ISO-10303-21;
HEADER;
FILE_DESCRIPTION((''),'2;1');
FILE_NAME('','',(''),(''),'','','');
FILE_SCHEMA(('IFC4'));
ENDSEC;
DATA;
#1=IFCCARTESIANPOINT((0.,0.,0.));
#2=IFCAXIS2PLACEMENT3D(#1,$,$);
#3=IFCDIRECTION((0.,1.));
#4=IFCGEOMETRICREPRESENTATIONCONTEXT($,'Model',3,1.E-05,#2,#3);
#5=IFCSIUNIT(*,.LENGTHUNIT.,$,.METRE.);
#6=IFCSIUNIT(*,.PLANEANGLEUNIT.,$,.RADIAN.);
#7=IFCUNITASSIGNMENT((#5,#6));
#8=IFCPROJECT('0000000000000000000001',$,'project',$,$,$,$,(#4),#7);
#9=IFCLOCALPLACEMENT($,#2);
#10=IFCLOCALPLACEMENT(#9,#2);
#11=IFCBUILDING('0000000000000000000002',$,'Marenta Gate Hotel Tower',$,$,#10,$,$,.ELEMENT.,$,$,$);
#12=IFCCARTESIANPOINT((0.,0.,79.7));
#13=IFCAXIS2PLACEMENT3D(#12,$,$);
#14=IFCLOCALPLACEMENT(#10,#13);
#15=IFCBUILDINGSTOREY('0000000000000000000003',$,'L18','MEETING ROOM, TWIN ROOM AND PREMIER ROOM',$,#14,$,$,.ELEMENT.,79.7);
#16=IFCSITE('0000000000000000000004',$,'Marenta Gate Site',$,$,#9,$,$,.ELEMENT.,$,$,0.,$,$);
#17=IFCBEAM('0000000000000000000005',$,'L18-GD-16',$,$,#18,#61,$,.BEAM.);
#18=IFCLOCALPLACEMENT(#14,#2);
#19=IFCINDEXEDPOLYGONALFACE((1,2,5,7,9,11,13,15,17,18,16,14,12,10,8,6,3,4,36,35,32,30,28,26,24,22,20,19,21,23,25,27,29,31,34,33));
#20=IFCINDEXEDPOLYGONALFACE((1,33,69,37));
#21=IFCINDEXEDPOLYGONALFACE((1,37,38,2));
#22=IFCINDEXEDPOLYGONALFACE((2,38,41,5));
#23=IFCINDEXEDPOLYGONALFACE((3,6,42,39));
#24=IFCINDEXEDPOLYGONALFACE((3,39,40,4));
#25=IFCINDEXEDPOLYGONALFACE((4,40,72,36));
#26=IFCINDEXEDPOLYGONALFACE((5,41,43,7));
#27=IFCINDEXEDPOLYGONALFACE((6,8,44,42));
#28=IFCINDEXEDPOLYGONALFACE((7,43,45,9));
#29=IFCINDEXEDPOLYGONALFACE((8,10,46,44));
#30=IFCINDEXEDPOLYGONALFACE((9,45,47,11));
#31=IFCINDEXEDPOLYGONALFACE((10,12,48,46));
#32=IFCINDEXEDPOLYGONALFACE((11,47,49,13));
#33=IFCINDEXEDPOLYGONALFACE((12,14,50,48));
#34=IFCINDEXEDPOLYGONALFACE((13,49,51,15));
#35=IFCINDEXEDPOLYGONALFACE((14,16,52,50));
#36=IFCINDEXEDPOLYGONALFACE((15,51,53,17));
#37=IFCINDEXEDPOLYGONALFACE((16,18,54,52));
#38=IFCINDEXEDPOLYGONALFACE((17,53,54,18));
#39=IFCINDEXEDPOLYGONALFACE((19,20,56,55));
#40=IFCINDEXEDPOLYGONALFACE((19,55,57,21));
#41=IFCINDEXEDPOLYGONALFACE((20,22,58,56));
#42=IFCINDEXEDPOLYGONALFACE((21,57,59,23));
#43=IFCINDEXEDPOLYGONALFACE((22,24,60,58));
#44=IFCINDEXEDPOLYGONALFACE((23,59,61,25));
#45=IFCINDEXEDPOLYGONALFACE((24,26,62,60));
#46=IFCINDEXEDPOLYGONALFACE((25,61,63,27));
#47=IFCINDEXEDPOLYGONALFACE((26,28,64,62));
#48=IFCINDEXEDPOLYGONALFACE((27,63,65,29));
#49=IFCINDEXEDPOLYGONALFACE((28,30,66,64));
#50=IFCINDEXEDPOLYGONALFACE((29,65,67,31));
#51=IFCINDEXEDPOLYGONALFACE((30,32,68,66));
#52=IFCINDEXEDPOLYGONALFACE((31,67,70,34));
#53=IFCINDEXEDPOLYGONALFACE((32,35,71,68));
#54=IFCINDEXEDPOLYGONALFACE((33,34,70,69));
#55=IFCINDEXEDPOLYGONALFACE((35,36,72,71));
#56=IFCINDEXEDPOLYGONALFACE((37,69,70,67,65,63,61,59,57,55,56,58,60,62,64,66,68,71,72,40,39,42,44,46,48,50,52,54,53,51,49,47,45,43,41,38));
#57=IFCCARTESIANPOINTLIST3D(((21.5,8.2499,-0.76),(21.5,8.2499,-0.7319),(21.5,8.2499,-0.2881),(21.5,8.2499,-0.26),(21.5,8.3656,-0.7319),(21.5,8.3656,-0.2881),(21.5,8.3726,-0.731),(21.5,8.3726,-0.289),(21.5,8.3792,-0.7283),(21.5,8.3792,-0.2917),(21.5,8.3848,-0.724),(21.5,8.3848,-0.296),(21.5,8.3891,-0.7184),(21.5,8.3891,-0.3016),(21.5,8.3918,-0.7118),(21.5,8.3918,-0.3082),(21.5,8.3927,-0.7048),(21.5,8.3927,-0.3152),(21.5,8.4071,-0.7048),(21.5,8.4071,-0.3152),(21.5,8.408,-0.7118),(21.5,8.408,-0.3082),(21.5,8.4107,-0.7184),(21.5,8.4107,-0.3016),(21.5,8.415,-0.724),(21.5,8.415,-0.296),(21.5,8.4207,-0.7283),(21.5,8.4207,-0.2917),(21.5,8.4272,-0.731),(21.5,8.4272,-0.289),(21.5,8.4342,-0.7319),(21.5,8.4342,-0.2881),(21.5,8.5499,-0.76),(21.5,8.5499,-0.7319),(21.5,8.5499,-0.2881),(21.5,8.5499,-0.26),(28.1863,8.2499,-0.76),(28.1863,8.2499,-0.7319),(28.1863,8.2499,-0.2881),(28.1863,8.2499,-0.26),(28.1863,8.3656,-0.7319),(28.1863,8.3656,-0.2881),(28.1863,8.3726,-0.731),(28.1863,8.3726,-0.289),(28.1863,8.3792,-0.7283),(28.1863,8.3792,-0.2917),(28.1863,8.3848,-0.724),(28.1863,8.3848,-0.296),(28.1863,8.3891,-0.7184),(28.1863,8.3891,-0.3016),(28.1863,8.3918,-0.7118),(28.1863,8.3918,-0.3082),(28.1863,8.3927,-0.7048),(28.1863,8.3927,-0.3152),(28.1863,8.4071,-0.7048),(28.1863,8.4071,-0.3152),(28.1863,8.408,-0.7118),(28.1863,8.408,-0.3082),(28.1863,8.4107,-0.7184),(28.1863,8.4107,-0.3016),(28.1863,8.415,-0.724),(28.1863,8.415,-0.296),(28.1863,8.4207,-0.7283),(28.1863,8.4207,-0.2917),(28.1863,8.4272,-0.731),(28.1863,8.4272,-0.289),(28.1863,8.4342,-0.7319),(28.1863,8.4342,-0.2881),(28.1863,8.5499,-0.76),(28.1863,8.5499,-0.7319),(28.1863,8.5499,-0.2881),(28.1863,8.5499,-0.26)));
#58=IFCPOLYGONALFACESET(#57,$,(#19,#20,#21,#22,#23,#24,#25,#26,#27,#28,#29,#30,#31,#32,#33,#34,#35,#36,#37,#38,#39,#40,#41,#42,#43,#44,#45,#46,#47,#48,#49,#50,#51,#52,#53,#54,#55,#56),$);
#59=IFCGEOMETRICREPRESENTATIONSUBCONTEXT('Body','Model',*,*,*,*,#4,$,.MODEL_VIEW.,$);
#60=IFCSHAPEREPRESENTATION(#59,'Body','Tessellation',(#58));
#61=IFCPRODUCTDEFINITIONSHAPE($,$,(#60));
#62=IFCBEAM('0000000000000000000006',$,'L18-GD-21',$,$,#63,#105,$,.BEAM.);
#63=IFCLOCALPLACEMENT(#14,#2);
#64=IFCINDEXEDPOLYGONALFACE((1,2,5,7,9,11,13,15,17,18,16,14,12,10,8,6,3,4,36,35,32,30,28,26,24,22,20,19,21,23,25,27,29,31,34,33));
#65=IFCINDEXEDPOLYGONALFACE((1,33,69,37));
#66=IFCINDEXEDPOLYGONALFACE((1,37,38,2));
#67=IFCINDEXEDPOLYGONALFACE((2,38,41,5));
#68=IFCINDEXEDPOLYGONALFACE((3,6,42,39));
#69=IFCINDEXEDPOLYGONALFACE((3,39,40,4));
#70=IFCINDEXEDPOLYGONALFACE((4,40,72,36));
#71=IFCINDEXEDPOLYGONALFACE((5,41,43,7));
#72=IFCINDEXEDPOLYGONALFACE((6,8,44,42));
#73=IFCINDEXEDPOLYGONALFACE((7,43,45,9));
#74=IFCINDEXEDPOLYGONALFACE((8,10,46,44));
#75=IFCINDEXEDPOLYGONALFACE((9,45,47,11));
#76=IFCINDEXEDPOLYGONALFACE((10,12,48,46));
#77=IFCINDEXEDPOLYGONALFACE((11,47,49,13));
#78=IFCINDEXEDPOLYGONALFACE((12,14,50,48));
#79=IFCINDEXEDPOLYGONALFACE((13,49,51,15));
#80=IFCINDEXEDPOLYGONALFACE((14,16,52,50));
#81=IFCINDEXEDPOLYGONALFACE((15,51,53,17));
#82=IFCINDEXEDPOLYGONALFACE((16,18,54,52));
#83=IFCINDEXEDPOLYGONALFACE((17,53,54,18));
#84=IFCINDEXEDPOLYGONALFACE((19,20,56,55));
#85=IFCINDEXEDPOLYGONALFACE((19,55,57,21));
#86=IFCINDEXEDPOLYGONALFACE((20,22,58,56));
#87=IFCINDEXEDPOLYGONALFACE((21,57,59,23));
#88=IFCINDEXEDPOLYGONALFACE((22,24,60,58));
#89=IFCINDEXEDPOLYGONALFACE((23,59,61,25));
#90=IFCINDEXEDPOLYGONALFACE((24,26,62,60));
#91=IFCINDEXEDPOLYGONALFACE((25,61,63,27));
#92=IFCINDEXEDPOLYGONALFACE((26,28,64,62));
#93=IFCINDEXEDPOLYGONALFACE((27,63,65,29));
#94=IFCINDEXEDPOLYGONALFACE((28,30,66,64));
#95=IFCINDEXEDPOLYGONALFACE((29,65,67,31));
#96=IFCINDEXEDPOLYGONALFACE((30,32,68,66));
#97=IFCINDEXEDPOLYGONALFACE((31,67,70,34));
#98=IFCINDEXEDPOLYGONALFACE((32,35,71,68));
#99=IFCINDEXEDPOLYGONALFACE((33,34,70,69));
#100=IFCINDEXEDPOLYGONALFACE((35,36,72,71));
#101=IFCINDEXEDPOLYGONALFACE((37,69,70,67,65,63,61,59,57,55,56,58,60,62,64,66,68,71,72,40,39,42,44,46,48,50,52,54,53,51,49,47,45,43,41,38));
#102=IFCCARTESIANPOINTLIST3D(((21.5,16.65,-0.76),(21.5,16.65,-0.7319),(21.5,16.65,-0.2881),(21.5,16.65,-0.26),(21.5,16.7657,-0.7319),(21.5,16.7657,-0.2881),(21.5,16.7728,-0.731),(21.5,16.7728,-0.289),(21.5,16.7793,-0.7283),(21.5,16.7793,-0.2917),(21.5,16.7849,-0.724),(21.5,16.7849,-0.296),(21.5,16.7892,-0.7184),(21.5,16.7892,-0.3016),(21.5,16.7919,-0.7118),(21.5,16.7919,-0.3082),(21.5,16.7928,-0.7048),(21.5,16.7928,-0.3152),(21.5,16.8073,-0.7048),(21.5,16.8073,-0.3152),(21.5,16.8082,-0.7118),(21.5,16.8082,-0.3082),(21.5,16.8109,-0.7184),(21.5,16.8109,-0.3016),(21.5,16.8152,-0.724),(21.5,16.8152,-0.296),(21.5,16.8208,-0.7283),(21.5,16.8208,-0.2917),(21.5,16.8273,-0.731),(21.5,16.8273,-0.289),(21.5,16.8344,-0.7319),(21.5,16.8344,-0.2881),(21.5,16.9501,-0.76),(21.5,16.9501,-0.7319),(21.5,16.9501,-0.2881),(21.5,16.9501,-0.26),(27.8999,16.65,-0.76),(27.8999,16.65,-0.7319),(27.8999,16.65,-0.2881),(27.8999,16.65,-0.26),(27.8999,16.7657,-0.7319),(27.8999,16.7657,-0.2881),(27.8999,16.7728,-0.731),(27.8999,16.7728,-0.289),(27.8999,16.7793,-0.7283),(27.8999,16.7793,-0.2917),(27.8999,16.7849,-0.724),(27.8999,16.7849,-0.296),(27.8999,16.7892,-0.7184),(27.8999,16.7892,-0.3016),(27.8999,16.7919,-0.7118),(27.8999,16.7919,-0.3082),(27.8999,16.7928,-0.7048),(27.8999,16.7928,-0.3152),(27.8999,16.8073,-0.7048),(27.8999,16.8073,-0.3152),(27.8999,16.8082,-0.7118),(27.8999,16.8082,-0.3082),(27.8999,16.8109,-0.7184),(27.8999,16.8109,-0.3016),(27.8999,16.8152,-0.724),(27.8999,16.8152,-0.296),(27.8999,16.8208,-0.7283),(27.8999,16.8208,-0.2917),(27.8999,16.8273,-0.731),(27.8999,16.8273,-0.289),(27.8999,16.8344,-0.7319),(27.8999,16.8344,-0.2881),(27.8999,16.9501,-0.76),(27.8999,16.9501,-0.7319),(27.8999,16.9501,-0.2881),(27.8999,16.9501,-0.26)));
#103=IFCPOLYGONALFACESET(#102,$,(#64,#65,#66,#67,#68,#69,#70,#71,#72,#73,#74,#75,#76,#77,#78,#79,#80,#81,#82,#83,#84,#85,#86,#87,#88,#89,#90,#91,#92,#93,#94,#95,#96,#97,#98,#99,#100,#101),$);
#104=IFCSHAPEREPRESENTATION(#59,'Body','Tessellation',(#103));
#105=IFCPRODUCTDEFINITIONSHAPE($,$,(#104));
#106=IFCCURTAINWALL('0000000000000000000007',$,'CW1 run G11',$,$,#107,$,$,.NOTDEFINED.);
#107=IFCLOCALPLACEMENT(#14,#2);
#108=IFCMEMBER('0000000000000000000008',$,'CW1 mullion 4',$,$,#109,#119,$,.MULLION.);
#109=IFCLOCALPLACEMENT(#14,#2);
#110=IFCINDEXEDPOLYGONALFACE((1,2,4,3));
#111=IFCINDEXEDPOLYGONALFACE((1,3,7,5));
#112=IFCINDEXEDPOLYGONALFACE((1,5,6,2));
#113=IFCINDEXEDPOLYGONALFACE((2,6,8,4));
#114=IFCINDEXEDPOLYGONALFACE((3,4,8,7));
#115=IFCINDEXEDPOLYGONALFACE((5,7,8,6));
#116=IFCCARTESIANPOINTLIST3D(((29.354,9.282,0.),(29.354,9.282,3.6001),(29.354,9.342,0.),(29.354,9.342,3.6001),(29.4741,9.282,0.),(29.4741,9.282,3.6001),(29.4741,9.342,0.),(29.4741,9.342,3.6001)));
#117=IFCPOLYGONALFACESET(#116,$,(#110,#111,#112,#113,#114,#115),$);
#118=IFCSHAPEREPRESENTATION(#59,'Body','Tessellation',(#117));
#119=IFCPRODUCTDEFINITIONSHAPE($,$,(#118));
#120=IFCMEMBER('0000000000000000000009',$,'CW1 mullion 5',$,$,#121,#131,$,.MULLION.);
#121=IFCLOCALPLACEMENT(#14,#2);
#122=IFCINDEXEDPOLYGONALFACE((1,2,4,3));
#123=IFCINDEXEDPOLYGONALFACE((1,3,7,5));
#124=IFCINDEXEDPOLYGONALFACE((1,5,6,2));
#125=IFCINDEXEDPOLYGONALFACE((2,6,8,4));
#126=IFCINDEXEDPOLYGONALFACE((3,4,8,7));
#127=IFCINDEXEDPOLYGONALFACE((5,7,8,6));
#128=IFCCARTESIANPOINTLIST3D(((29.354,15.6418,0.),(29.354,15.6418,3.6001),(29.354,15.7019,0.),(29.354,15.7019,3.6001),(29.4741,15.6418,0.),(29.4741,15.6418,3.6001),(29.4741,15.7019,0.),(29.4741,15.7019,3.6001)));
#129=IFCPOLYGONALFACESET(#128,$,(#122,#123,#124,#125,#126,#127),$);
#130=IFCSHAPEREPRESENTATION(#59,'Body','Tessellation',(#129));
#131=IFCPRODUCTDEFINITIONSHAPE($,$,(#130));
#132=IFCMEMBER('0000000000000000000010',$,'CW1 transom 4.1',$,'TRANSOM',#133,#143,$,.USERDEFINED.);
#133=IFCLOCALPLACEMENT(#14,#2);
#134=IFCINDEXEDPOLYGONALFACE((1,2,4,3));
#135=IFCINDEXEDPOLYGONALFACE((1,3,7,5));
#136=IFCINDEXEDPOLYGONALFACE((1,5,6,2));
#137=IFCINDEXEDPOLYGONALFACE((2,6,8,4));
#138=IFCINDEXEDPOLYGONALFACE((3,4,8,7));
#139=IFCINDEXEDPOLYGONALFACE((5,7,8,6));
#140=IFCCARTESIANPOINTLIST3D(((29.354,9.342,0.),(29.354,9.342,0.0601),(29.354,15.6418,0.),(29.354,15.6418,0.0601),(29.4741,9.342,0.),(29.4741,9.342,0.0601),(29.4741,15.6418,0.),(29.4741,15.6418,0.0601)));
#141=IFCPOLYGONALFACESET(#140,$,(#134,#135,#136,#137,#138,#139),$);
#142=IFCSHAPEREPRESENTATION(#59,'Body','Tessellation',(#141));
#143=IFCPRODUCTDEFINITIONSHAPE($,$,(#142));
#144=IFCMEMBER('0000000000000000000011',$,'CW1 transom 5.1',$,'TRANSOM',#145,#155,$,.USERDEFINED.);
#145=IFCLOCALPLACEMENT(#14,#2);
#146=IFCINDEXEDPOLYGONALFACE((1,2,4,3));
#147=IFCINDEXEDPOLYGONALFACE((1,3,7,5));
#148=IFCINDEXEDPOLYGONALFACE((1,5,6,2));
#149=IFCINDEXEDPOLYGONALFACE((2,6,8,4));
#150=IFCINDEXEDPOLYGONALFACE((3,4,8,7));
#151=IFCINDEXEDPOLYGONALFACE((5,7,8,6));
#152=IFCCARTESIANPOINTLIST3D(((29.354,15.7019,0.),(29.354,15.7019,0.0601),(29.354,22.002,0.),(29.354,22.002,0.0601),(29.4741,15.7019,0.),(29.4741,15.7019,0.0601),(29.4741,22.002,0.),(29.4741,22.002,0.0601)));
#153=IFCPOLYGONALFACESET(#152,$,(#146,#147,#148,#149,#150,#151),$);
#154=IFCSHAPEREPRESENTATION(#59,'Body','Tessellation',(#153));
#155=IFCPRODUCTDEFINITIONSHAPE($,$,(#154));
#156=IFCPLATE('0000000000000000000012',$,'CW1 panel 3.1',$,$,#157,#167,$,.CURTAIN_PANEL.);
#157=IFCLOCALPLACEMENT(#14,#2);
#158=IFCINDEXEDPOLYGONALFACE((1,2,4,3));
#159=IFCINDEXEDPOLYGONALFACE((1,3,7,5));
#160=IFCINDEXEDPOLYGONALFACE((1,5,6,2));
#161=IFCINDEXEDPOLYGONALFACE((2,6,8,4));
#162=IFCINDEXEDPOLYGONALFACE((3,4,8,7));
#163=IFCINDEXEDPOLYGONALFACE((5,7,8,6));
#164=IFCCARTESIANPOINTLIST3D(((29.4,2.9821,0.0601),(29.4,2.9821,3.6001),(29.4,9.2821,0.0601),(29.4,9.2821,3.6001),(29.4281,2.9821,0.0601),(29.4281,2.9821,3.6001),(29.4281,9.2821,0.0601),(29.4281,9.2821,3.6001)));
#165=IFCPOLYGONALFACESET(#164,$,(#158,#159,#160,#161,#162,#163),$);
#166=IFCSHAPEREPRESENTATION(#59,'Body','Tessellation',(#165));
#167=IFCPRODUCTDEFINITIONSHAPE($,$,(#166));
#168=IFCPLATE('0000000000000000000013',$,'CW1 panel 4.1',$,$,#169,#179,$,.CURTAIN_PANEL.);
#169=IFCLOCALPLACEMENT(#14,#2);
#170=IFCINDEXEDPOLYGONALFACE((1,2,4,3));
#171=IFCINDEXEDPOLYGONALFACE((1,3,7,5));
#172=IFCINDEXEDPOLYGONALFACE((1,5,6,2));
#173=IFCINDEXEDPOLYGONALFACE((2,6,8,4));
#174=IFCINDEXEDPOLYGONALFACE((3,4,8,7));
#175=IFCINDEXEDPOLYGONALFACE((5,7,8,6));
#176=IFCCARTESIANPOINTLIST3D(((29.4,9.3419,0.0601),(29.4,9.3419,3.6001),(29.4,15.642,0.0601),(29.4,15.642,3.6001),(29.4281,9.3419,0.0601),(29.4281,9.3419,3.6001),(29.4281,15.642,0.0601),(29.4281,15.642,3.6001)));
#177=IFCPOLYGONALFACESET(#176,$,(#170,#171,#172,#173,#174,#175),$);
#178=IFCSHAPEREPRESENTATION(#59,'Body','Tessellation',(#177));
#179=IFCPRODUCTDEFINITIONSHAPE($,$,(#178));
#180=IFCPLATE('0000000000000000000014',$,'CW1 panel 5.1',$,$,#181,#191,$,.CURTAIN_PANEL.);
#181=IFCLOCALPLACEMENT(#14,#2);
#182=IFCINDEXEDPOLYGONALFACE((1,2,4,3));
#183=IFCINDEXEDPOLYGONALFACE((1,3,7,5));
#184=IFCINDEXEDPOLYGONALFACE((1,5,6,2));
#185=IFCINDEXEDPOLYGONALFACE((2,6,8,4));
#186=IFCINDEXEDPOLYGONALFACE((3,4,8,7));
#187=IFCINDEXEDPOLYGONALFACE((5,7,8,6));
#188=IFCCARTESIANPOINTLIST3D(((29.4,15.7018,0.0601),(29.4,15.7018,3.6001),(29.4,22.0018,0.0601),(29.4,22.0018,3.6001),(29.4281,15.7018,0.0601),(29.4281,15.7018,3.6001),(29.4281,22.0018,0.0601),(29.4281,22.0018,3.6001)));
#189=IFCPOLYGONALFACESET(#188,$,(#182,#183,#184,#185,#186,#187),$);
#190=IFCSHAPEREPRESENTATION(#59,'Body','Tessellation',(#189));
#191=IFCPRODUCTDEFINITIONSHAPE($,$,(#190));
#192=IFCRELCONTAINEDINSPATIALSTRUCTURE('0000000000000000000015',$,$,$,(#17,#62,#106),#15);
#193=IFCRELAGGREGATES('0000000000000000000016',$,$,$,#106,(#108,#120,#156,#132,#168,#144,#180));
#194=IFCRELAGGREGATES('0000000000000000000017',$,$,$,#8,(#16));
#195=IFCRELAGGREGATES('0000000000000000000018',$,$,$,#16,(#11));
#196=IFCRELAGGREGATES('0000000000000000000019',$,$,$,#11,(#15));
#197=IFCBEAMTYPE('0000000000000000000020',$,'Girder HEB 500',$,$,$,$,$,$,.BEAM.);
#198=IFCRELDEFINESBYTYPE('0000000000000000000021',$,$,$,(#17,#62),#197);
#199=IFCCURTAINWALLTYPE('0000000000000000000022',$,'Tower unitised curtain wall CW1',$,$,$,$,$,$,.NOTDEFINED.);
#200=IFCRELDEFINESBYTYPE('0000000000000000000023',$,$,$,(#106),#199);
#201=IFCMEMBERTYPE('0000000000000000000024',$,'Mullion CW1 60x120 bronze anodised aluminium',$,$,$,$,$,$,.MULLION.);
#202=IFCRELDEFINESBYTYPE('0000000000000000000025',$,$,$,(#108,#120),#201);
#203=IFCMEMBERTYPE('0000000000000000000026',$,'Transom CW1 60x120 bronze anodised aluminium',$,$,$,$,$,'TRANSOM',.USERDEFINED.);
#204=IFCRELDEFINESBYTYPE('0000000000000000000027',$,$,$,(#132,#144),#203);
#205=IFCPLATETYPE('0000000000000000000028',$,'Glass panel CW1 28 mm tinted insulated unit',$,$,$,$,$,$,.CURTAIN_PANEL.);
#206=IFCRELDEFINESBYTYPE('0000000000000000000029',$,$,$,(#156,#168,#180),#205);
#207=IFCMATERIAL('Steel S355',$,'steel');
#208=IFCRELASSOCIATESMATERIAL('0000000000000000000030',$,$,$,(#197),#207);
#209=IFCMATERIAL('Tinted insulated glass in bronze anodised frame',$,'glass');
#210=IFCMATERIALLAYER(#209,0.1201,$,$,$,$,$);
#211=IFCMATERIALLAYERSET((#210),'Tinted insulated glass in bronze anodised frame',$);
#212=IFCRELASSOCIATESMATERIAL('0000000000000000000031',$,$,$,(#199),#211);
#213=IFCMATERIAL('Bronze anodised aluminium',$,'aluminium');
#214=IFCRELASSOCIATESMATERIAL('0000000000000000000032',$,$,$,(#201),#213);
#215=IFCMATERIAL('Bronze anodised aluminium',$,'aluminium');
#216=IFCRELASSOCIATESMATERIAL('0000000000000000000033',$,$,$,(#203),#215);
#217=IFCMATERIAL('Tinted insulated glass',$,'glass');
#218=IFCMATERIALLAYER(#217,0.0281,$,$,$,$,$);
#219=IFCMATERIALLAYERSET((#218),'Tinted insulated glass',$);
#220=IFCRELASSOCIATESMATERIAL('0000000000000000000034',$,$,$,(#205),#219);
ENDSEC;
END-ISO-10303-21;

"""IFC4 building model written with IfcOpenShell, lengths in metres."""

from ifc_helpers import new_model, si_unit, direction, frame, origin, origin_2d, place, context, subcontext, project, spatial, rectangle, i_section, extrude, material, layer, layer_set, material_profile, profile_set, type_object, element, aggregate, save


model = new_model("IFC4")

# Units and contexts
model_context = context("Model", 3, precision=1e-05, world=origin(), true_north=direction((0.0, 1.0)))
body_context = subcontext(model_context, "Body", "Model", "MODEL_VIEW")
ifc_project = project(units=[si_unit("LENGTHUNIT", "METRE"), si_unit("PLANEANGLEUNIT", "RADIAN")], contexts=[model_context])

# Site, building, storey
site_placement = place(None, origin())
site = spatial("IfcSite", under=ifc_project, at=site_placement, Name="Marenta Gate Site", CompositionType="ELEMENT", RefElevation=0.0)
building_placement = place(site_placement, origin())
building = spatial("IfcBuilding", under=site, at=building_placement, Name="Marenta Gate Hotel Tower", CompositionType="ELEMENT")
storey_placement = place(building_placement, frame((0.0, 0.0, 79.7)))
storey = spatial("IfcBuildingStorey", under=building, at=storey_placement, Name="L18", Description="MEETING ROOM, TWIN ROOM AND PREMIER ROOM", CompositionType="ELEMENT", Elevation=79.7)

# Beams
ifc_material_1 = material(Name="Steel S355", Category="steel")
ifc_material_profile_1 = material_profile(ifc_material_1, i_section(OverallWidth=0.3, OverallDepth=0.5, WebThickness=0.0144, FlangeThickness=0.0281, FilletRadius=0.0271, at=origin_2d()), Name="HEB 500")
ifc_profile_set_1 = profile_set([ifc_material_profile_1], Name="Steel S355")
beam_type_1 = type_object("IfcBeamType", Name="Girder HEB 500", PredefinedType="BEAM", material=ifc_profile_set_1)
beam_1_placement = place(storey_placement, frame((21.5, 8.3999, -0.51), z_axis=(1.0, 0.0, 0.0), x_axis=(0.0, 1.0, 0.0)))
element("IfcBeam", 1, at=beam_1_placement, inside=storey, type_object=beam_type_1, Name="L18-GD-16", PredefinedType="BEAM", context=body_context, shape_type="SweptSolid", body=[
    extrude(i_section(OverallWidth=0.3, OverallDepth=0.5, WebThickness=0.0144, FlangeThickness=0.0281, FilletRadius=0.0271, at=origin_2d()), origin(), (0.0, 0.0, 1.0), 6.6863),
])
beam_2_placement = place(storey_placement, frame((21.5, 16.8, -0.51), z_axis=(1.0, 0.0, 0.0), x_axis=(0.0, 1.0, 0.0)))
element("IfcBeam", 2, at=beam_2_placement, inside=storey, type_object=beam_type_1, Name="L18-GD-21", PredefinedType="BEAM", context=body_context, shape_type="SweptSolid", body=[
    extrude(i_section(OverallWidth=0.3, OverallDepth=0.5, WebThickness=0.0144, FlangeThickness=0.0281, FilletRadius=0.0271, at=origin_2d()), origin(), (0.0, 0.0, 1.0), 6.3999),
])

# Curtain wall, members, plates
ifc_material_2 = material(Name="Tinted insulated glass in bronze anodised frame", Category="glass")
ifc_layer_1 = layer(ifc_material_2, 0.1201)
ifc_layer_set_1 = layer_set([ifc_layer_1], Name="Tinted insulated glass in bronze anodised frame")
curtain_wall_type = type_object("IfcCurtainWallType", Name="Tower unitised curtain wall CW1", PredefinedType="NOTDEFINED", material=ifc_layer_set_1)
curtain_wall_placement = place(storey_placement, origin())
curtain_wall = element("IfcCurtainWall", 3, at=curtain_wall_placement, inside=storey, type_object=curtain_wall_type, Name="CW1 run G11", PredefinedType="NOTDEFINED")
ifc_material_3 = material(Name="Bronze anodised aluminium", Category="aluminium")
ifc_material_profile_2 = material_profile(ifc_material_3, rectangle(XDim=0.1201, YDim=0.0601, at=origin_2d()), Name="Mullion CW1 60x120 bronze anodised aluminium")
ifc_profile_set_2 = profile_set([ifc_material_profile_2], Name="Bronze anodised aluminium")
member_type_1 = type_object("IfcMemberType", Name="Mullion CW1 60x120 bronze anodised aluminium", PredefinedType="MULLION", material=ifc_profile_set_2)
member_1_placement = place(storey_placement, frame((29.4141, 9.312, 0.0), z_axis=(0.0, 0.0, 1.0), x_axis=(-1.0, 0.0, 0.0)))
member_1 = element("IfcMember", 4, at=member_1_placement, type_object=member_type_1, Name="CW1 mullion 4", PredefinedType="MULLION", context=body_context, shape_type="SweptSolid", body=[
    extrude(rectangle(XDim=0.1201, YDim=0.0601, at=origin_2d()), origin(), (0.0, 0.0, 1.0), 3.6001),
])
member_2_placement = place(storey_placement, frame((29.4141, 15.6719, 0.0), z_axis=(0.0, 0.0, 1.0), x_axis=(-1.0, 0.0, 0.0)))
member_2 = element("IfcMember", 5, at=member_2_placement, type_object=member_type_1, Name="CW1 mullion 5", PredefinedType="MULLION", context=body_context, shape_type="SweptSolid", body=[
    extrude(rectangle(XDim=0.1201, YDim=0.0601, at=origin_2d()), origin(), (0.0, 0.0, 1.0), 3.6001),
])
ifc_material_4 = material(Name="Bronze anodised aluminium", Category="aluminium")
ifc_material_profile_3 = material_profile(ifc_material_4, rectangle(XDim=0.1201, YDim=0.0601, at=origin_2d()), Name="Transom CW1 60x120 bronze anodised aluminium")
ifc_profile_set_3 = profile_set([ifc_material_profile_3], Name="Bronze anodised aluminium")
member_type_2 = type_object("IfcMemberType", Name="Transom CW1 60x120 bronze anodised aluminium", ElementType="TRANSOM", PredefinedType="USERDEFINED", material=ifc_profile_set_3)
member_3_placement = place(storey_placement, frame((29.4141, 9.342, 0.03), z_axis=(0.0, 1.0, 0.0), x_axis=(-1.0, 0.0, 0.0)))
member_3 = element("IfcMember", 6, at=member_3_placement, type_object=member_type_2, Name="CW1 transom 4.1", ObjectType="TRANSOM", PredefinedType="USERDEFINED", context=body_context, shape_type="SweptSolid", body=[
    extrude(rectangle(XDim=0.1201, YDim=0.0601, at=origin_2d()), origin(), (0.0, 0.0, 1.0), 6.2998),
])
member_4_placement = place(storey_placement, frame((29.4141, 15.7019, 0.03), z_axis=(0.0, 1.0, 0.0), x_axis=(-1.0, 0.0, 0.0)))
member_4 = element("IfcMember", 7, at=member_4_placement, type_object=member_type_2, Name="CW1 transom 5.1", ObjectType="TRANSOM", PredefinedType="USERDEFINED", context=body_context, shape_type="SweptSolid", body=[
    extrude(rectangle(XDim=0.1201, YDim=0.0601, at=origin_2d()), origin(), (0.0, 0.0, 1.0), 6.3),
])
ifc_material_5 = material(Name="Tinted insulated glass", Category="glass")
ifc_layer_2 = layer(ifc_material_5, 0.0281)
ifc_layer_set_2 = layer_set([ifc_layer_2], Name="Tinted insulated glass")
plate_type = type_object("IfcPlateType", Name="Glass panel CW1 28 mm tinted insulated unit", PredefinedType="CURTAIN_PANEL", material=ifc_layer_set_2)
plate_1_placement = place(storey_placement, frame((29.4141, 6.1321, 0.0601), z_axis=(0.0, 0.0, 1.0), x_axis=(0.0, 1.0, 0.0)))
plate_1 = element("IfcPlate", 8, at=plate_1_placement, type_object=plate_type, Name="CW1 panel 3.1", PredefinedType="CURTAIN_PANEL", context=body_context, shape_type="SweptSolid", body=[
    extrude(rectangle(XDim=6.3, YDim=0.0281, at=origin_2d()), origin(), (0.0, 0.0, 1.0), 3.54),
])
plate_2_placement = place(storey_placement, frame((29.4141, 12.4919, 0.0601), z_axis=(0.0, 0.0, 1.0), x_axis=(0.0, 1.0, 0.0)))
plate_2 = element("IfcPlate", 9, at=plate_2_placement, type_object=plate_type, Name="CW1 panel 4.1", PredefinedType="CURTAIN_PANEL", context=body_context, shape_type="SweptSolid", body=[
    extrude(rectangle(XDim=6.3, YDim=0.0281, at=origin_2d()), origin(), (0.0, 0.0, 1.0), 3.54),
])
plate_3_placement = place(storey_placement, frame((29.4141, 18.8518, 0.0601), z_axis=(0.0, 0.0, 1.0), x_axis=(0.0, 1.0, 0.0)))
plate_3 = element("IfcPlate", 10, at=plate_3_placement, type_object=plate_type, Name="CW1 panel 5.1", PredefinedType="CURTAIN_PANEL", context=body_context, shape_type="SweptSolid", body=[
    extrude(rectangle(XDim=6.3, YDim=0.0281, at=origin_2d()), origin(), (0.0, 0.0, 1.0), 3.54),
])
aggregate(curtain_wall, [member_1, member_2, plate_1, member_3, plate_2, member_4, plate_3])

save(model, "model.ifc")
